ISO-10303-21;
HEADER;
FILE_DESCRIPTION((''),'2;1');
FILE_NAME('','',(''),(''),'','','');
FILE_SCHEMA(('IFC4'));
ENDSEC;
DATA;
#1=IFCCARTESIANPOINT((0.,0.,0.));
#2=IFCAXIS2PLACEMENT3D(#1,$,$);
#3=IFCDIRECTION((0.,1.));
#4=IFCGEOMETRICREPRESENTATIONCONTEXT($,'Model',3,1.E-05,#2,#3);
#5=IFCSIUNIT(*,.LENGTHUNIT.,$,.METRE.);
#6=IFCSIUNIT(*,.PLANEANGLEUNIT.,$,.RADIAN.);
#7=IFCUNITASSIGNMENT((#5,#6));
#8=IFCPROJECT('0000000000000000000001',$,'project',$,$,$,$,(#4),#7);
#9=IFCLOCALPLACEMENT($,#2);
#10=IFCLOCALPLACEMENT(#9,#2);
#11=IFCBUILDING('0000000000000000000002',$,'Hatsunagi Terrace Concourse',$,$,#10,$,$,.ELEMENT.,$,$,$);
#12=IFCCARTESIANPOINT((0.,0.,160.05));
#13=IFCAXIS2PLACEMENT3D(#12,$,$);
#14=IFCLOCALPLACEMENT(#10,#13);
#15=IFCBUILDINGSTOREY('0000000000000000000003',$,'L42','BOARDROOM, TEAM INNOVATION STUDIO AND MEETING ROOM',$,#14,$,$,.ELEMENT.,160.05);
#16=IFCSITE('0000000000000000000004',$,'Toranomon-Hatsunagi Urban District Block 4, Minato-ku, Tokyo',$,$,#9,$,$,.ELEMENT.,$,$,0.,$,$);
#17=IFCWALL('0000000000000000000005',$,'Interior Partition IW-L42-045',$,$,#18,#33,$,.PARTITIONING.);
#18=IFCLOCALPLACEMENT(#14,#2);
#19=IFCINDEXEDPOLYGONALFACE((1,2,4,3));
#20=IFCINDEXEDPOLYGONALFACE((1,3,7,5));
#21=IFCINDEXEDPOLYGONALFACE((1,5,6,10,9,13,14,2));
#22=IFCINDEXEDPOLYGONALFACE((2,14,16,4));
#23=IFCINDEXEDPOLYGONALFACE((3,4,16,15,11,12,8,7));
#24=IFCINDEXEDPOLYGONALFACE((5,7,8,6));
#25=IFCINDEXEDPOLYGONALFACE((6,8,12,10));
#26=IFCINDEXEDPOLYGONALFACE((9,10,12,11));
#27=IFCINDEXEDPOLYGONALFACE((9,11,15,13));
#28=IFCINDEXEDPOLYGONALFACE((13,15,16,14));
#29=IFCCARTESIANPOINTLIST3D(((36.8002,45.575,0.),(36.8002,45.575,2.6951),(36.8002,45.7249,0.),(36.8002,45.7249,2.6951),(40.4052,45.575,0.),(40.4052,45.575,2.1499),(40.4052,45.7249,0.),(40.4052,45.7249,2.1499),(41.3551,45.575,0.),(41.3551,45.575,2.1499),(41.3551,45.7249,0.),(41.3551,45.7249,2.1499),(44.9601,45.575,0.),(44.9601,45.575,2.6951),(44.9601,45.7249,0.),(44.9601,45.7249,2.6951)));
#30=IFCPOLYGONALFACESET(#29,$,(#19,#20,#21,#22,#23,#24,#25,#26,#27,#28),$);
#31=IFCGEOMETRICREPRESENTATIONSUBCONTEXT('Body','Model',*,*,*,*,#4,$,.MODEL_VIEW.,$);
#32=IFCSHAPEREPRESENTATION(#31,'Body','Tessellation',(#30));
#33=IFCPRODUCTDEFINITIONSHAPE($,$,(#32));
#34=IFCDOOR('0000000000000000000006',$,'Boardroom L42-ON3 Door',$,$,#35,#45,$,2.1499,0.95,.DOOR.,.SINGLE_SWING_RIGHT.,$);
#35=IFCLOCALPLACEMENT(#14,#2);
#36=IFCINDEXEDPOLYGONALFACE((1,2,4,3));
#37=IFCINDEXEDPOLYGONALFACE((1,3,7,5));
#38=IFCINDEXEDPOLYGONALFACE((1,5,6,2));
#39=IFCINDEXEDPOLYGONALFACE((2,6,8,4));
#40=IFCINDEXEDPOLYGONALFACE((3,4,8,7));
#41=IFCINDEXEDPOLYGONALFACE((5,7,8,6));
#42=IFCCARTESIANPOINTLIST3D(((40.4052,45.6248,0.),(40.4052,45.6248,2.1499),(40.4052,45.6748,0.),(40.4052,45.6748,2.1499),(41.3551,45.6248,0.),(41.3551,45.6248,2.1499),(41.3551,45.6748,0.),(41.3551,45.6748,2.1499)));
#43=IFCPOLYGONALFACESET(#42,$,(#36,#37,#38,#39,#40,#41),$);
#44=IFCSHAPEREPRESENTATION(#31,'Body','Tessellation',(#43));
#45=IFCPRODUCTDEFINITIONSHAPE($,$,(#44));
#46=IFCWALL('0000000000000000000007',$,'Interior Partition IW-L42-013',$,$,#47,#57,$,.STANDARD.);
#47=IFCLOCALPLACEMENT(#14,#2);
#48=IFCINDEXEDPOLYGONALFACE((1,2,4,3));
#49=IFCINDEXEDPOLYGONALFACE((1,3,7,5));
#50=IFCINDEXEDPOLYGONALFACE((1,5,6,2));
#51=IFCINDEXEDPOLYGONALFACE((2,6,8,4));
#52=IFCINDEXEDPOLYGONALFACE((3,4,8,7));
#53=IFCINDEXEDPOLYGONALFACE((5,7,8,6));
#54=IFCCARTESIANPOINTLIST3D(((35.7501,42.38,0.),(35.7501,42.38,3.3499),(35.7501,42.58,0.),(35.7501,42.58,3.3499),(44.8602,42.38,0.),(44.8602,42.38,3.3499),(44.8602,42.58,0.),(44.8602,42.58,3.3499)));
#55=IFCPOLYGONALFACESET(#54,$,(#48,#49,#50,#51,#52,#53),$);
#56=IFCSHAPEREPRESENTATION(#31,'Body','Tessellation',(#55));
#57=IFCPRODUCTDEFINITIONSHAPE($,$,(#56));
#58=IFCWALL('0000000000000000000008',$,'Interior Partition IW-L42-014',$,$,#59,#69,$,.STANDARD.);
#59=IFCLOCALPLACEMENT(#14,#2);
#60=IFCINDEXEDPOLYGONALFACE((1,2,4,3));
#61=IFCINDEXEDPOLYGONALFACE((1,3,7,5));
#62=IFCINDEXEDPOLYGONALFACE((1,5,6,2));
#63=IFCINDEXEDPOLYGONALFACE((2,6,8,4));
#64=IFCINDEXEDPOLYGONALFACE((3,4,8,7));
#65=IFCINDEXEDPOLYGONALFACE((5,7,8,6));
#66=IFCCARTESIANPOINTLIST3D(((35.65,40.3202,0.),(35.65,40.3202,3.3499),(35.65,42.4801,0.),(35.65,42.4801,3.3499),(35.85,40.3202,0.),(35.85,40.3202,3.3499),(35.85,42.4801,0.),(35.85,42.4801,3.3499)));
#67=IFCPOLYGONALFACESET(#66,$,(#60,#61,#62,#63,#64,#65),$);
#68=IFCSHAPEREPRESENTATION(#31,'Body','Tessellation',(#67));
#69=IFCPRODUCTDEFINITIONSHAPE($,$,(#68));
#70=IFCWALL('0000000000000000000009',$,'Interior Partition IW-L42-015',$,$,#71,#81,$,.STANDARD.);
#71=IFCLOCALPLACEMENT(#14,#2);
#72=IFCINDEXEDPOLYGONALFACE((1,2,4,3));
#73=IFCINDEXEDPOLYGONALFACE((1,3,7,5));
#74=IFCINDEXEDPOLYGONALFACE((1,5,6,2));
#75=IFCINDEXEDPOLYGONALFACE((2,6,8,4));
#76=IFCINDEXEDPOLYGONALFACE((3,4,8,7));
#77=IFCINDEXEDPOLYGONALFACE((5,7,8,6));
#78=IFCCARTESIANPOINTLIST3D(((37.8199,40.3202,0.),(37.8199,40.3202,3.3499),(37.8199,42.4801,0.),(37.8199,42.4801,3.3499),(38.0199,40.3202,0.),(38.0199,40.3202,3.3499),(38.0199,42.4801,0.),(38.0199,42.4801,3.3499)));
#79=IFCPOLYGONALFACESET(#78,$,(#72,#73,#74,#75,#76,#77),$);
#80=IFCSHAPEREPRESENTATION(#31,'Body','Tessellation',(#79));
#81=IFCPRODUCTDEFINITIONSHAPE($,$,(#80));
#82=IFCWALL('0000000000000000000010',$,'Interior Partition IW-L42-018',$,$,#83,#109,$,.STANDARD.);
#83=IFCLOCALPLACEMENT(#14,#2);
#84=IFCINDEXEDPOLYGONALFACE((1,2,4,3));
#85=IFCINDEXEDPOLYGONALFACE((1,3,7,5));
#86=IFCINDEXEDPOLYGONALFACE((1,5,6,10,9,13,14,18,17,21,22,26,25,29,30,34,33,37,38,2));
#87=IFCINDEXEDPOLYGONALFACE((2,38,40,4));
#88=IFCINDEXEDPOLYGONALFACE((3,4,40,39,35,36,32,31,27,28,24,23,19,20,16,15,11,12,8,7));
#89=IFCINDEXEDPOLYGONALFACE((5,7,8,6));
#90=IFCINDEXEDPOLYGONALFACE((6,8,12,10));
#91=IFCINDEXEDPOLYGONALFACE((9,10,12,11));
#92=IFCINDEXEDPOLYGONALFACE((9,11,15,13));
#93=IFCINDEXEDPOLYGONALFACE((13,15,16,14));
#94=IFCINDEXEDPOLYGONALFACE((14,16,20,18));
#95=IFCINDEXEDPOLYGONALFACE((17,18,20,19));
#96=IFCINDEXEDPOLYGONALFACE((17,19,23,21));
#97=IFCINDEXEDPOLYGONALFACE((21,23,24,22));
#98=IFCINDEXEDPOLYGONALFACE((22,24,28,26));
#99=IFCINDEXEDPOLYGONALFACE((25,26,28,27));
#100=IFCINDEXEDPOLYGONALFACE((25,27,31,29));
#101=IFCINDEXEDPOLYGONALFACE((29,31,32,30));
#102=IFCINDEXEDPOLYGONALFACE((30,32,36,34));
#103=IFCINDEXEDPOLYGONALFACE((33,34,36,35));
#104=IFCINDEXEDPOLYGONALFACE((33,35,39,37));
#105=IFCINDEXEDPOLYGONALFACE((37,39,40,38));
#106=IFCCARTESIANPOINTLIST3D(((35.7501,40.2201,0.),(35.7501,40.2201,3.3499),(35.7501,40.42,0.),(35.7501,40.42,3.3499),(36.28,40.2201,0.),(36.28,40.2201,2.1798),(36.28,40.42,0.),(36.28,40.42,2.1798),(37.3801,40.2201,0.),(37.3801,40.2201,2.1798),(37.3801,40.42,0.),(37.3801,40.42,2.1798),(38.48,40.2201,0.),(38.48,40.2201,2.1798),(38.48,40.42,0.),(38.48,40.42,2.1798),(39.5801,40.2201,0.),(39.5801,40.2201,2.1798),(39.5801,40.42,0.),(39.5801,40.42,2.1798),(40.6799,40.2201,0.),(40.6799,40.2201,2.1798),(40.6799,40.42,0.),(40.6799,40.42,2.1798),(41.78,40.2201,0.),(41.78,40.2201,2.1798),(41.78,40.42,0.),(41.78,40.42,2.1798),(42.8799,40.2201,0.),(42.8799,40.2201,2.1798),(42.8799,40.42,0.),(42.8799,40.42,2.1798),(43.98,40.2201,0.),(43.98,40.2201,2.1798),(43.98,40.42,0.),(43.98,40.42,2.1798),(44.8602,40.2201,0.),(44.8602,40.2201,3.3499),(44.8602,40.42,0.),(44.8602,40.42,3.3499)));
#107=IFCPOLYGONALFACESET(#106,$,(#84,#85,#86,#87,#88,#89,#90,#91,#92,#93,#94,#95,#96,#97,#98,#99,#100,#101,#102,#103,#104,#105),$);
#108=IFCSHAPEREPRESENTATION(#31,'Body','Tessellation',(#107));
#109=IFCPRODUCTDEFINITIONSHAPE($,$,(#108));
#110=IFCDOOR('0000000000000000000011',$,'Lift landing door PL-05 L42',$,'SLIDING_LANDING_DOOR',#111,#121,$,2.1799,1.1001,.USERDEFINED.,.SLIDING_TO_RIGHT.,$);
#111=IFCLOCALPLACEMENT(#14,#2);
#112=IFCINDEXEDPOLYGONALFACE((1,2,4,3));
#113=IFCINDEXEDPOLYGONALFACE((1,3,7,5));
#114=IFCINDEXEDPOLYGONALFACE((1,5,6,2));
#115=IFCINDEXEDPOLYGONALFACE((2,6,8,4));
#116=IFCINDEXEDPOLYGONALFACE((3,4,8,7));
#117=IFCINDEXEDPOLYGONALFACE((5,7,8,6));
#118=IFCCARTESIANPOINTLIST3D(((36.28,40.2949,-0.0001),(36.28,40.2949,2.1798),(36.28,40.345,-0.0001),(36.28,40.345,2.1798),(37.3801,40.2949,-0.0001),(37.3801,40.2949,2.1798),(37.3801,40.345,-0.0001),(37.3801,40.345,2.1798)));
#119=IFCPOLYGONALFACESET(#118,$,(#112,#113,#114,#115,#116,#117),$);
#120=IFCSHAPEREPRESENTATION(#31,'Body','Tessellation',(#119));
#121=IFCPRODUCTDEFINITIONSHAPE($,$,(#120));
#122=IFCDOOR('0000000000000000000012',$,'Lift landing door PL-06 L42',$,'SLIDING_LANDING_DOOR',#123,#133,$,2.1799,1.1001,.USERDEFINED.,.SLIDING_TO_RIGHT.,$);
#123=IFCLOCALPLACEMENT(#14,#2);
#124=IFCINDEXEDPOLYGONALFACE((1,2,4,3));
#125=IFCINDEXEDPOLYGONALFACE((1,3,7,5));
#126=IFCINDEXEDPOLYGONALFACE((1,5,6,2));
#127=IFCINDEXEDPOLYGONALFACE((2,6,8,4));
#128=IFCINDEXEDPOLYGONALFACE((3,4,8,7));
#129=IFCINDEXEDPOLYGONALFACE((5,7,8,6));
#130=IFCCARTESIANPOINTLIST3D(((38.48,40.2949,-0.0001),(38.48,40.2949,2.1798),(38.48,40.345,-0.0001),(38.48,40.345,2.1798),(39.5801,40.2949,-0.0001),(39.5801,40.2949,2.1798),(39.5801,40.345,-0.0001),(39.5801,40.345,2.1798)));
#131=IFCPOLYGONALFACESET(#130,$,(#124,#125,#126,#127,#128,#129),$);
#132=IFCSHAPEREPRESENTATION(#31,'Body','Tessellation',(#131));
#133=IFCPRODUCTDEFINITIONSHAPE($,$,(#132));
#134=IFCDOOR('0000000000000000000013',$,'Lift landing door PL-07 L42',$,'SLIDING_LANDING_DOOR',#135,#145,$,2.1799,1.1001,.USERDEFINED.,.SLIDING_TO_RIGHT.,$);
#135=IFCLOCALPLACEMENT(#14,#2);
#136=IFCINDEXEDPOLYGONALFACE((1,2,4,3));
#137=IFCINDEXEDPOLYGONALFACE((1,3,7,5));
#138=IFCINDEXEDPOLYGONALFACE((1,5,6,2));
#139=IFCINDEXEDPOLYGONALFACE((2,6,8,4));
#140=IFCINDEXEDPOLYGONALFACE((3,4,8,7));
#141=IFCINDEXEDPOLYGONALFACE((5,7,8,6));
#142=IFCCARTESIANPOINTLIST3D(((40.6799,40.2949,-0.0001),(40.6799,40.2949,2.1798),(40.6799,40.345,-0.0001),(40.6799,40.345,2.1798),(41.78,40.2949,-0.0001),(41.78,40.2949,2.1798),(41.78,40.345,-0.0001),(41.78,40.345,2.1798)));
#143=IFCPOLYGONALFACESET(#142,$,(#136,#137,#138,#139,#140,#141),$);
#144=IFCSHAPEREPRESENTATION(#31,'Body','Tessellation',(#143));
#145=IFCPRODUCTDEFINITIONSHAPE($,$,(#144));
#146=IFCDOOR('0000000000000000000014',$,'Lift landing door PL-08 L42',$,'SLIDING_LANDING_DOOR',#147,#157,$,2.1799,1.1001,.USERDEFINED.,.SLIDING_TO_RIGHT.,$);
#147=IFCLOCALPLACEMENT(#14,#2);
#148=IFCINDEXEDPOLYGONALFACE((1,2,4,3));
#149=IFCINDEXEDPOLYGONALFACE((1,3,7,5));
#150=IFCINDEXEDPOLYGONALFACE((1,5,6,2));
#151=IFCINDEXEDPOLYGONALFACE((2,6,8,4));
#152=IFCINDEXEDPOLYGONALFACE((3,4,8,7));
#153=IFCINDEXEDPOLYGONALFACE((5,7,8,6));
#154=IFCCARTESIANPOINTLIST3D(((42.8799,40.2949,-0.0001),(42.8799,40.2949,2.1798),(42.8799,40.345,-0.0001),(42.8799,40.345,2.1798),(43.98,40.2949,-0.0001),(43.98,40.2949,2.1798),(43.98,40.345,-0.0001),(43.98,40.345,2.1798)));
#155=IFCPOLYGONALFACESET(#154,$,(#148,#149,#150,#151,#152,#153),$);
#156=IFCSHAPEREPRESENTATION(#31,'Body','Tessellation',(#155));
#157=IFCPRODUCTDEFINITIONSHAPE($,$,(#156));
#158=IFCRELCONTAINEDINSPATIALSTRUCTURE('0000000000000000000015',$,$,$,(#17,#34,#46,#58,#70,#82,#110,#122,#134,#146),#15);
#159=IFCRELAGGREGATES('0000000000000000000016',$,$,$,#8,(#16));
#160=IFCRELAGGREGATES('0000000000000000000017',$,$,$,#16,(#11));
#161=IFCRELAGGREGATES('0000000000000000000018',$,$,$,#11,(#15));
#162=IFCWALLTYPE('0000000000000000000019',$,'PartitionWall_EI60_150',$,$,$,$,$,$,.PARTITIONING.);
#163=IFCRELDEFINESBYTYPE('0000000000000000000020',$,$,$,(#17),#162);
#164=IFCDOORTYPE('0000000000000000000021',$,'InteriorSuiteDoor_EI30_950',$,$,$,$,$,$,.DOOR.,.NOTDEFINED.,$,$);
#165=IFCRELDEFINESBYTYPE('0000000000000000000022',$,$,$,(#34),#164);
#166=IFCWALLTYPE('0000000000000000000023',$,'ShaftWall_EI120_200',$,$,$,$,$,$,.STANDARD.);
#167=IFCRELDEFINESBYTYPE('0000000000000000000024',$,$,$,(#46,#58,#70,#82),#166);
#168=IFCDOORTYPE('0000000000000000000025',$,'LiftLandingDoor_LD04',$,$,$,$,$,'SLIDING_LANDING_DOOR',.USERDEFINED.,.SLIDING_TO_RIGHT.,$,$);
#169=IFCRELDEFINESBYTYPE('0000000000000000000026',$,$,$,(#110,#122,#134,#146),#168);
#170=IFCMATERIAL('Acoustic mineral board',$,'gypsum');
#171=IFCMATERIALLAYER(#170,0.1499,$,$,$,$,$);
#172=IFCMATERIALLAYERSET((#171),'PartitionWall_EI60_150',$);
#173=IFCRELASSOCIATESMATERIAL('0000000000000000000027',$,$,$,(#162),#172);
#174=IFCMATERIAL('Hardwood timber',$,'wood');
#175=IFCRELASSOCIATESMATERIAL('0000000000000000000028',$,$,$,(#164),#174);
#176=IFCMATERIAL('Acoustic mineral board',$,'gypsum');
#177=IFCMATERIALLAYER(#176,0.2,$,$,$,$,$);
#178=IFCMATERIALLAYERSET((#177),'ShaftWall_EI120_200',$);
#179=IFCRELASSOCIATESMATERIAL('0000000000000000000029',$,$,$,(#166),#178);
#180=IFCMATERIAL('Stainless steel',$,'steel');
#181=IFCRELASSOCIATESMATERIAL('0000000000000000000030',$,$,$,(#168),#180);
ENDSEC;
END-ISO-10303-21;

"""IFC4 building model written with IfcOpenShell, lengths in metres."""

from ifc_helpers import new_model, si_unit, direction, frame, frame_2d, origin, place, context, subcontext, project, spatial, rectangle, extrude, material, layer, layer_set, type_object, element, fill, save


model = new_model("IFC4")

# Units and contexts
model_context = context("Model", 3, precision=1e-05, world=origin(), true_north=direction((0.0, 1.0)))
body_context = subcontext(model_context, "Body", "Model", "MODEL_VIEW")
ifc_project = project(units=[si_unit("LENGTHUNIT", "METRE"), si_unit("PLANEANGLEUNIT", "RADIAN")], contexts=[model_context])

# Site, building, storey
site_placement = place(None, origin())
site = spatial("IfcSite", under=ifc_project, at=site_placement, Name="Toranomon-Hatsunagi Urban District Block 4, Minato-ku, Tokyo", CompositionType="ELEMENT", RefElevation=0.0)
building_placement = place(site_placement, origin())
building = spatial("IfcBuilding", under=site, at=building_placement, Name="Hatsunagi Terrace Concourse", CompositionType="ELEMENT")
storey_placement = place(building_placement, frame((0.0, 0.0, 160.05)))
storey = spatial("IfcBuildingStorey", under=building, at=storey_placement, Name="L42", Description="BOARDROOM, TEAM INNOVATION STUDIO AND MEETING ROOM", CompositionType="ELEMENT", Elevation=160.05)

# Shared definitions
ifc_material_1 = material(Name="Acoustic mineral board", Category="gypsum")
ifc_layer_1 = layer(ifc_material_1, 0.1499)
ifc_layer_set_1 = layer_set([ifc_layer_1], Name="PartitionWall_EI60_150")
wall_type_1 = type_object("IfcWallType", Name="PartitionWall_EI60_150", PredefinedType="PARTITIONING", material=ifc_layer_set_1)

# Shared definitions
ifc_material_2 = material(Name="Hardwood timber", Category="wood")
door_type_1 = type_object("IfcDoorType", Name="InteriorSuiteDoor_EI30_950", OperationType="NOTDEFINED", PredefinedType="DOOR", material=ifc_material_2)

# Wall, opening, door
wall_1_placement = place(storey_placement, frame((36.8, 45.6499, 0.0), z_axis=(0.0, 0.0, 1.0), x_axis=(1.0, 0.0, 0.0)))
wall_1 = element("IfcWall", 1, at=wall_1_placement, inside=storey, type_object=wall_type_1, Name="Interior Partition IW-L42-045", PredefinedType="PARTITIONING", context=body_context, shape_type="SweptSolid", body=[
    extrude(rectangle(XDim=8.1599, YDim=0.1499, at=frame_2d((4.0801, 0.0))), origin(), (0.0, 0.0, 1.0), 2.6951),
])
opening_1_placement = place(wall_1_placement, frame((3.605, 0.0, 0.0)))
opening_1 = element("IfcOpeningElement", 2, at=opening_1_placement, cuts=wall_1, PredefinedType="OPENING", context=body_context, shape_type="SweptSolid", body=[
    extrude(rectangle(XDim=0.95, YDim=2.1499, at=frame_2d((0.4751, 1.075))), frame((0.0, 0.085, 0.0), z_axis=(0.0, -1.0, 0.0), x_axis=(1.0, 0.0, 0.0)), (0.0, 0.0, 1.0), 0.1699),
])
door_1_placement = place(opening_1_placement, origin())
door_1 = element("IfcDoor", 3, at=door_1_placement, inside=storey, type_object=door_type_1, Name="Boardroom L42-ON3 Door", OperationType="SINGLE_SWING_RIGHT", OverallHeight=2.1499, OverallWidth=0.95, PredefinedType="DOOR", context=body_context, shape_type="SweptSolid", body=[
    extrude(rectangle(XDim=0.95, YDim=2.1499, at=frame_2d((0.4751, 1.075))), frame((0.0, 0.0249, 0.0), z_axis=(0.0, -1.0, 0.0), x_axis=(1.0, 0.0, 0.0)), (0.0, 0.0, 1.0), 0.05),
])
fill(opening_1, door_1)

# Walls
ifc_material_3 = material(Name="Acoustic mineral board", Category="gypsum")
ifc_layer_2 = layer(ifc_material_3, 0.2)
ifc_layer_set_2 = layer_set([ifc_layer_2], Name="ShaftWall_EI120_200")
wall_type_2 = type_object("IfcWallType", Name="ShaftWall_EI120_200", PredefinedType="STANDARD", material=ifc_layer_set_2)
wall_2_placement = place(storey_placement, frame((35.75, 42.48, 0.0), z_axis=(0.0, 0.0, 1.0), x_axis=(1.0, 0.0, 0.0)))
element("IfcWall", 4, at=wall_2_placement, inside=storey, type_object=wall_type_2, Name="Interior Partition IW-L42-013", PredefinedType="STANDARD", context=body_context, shape_type="SweptSolid", body=[
    extrude(rectangle(XDim=9.1101, YDim=0.2, at=frame_2d((4.5552, 0.0))), origin(), (0.0, 0.0, 1.0), 3.3499),
])
for number, where, z_axis, x_axis, name in (
    (5, (35.75, 40.3201, 0.0), (0.0, 0.0, 1.0), (0.0, 1.0, 0.0), "Interior Partition IW-L42-014"),
    (6, (37.9199, 40.3201, 0.0), (0.0, 0.0, 1.0), (0.0, 1.0, 0.0), "Interior Partition IW-L42-015"),
):
    element("IfcWall", number, at=place(storey_placement, frame(where, z_axis=z_axis, x_axis=x_axis)), inside=storey, type_object=wall_type_2, Name=name, PredefinedType="STANDARD", context=body_context, shape_type="SweptSolid", body=[
        extrude(rectangle(XDim=2.1599, YDim=0.2, at=frame_2d((1.0801, 0.0))), origin(), (0.0, 0.0, 1.0), 3.3499),
    ])

# Wall, openings, doors
wall_3_placement = place(storey_placement, frame((35.75, 40.3201, 0.0), z_axis=(0.0, 0.0, 1.0), x_axis=(1.0, 0.0, 0.0)))
wall_3 = element("IfcWall", 7, at=wall_3_placement, inside=storey, type_object=wall_type_2, Name="Interior Partition IW-L42-018", PredefinedType="STANDARD", context=body_context, shape_type="SweptSolid", body=[
    extrude(rectangle(XDim=9.1101, YDim=0.2, at=frame_2d((4.5552, 0.0))), origin(), (0.0, 0.0, 1.0), 3.3499),
])
opening_2_placement = place(wall_3_placement, frame((0.53, 0.0, 0.0)))
opening_2 = element("IfcOpeningElement", 8, at=opening_2_placement, cuts=wall_3, PredefinedType="OPENING", context=body_context, shape_type="SweptSolid", body=[
    extrude(rectangle(XDim=1.1001, YDim=2.1799, at=frame_2d((0.55, 1.0898))), frame((0.0, 0.1099, 0.0), z_axis=(0.0, -1.0, 0.0), x_axis=(1.0, 0.0, 0.0)), (0.0, 0.0, 1.0), 0.22),
])
opening_3_placement = place(wall_3_placement, frame((2.73, 0.0, 0.0)))
opening_3 = element("IfcOpeningElement", 9, at=opening_3_placement, cuts=wall_3, PredefinedType="OPENING", context=body_context, shape_type="SweptSolid", body=[
    extrude(rectangle(XDim=1.1001, YDim=2.1799, at=frame_2d((0.55, 1.0898))), frame((0.0, 0.1099, 0.0), z_axis=(0.0, -1.0, 0.0), x_axis=(1.0, 0.0, 0.0)), (0.0, 0.0, 1.0), 0.22),
])
opening_4_placement = place(wall_3_placement, frame((4.9299, 0.0, 0.0)))
opening_4 = element("IfcOpeningElement", 10, at=opening_4_placement, cuts=wall_3, PredefinedType="OPENING", context=body_context, shape_type="SweptSolid", body=[
    extrude(rectangle(XDim=1.1001, YDim=2.1799, at=frame_2d((0.55, 1.0898))), frame((0.0, 0.1099, 0.0), z_axis=(0.0, -1.0, 0.0), x_axis=(1.0, 0.0, 0.0)), (0.0, 0.0, 1.0), 0.22),
])
opening_5_placement = place(wall_3_placement, frame((7.1299, 0.0, 0.0)))
opening_5 = element("IfcOpeningElement", 11, at=opening_5_placement, cuts=wall_3, PredefinedType="OPENING", context=body_context, shape_type="SweptSolid", body=[
    extrude(rectangle(XDim=1.1001, YDim=2.1799, at=frame_2d((0.55, 1.0898))), frame((0.0, 0.1099, 0.0), z_axis=(0.0, -1.0, 0.0), x_axis=(1.0, 0.0, 0.0)), (0.0, 0.0, 1.0), 0.22),
])
ifc_material_4 = material(Name="Stainless steel", Category="steel")
door_type_2 = type_object("IfcDoorType", Name="LiftLandingDoor_LD04", ElementType="SLIDING_LANDING_DOOR", OperationType="SLIDING_TO_RIGHT", PredefinedType="USERDEFINED", material=ifc_material_4)
door_2_placement = place(opening_2_placement, origin())
door_2 = element("IfcDoor", 12, at=door_2_placement, inside=storey, type_object=door_type_2, Name="Lift landing door PL-05 L42", ObjectType="SLIDING_LANDING_DOOR", OperationType="SLIDING_TO_RIGHT", OverallHeight=2.1799, OverallWidth=1.1001, PredefinedType="USERDEFINED", context=body_context, shape_type="SweptSolid", body=[
    extrude(rectangle(XDim=1.1001, YDim=2.1799, at=frame_2d((0.55, 1.0898))), frame((0.0, 0.0249, 0.0), z_axis=(0.0, -1.0, 0.0), x_axis=(1.0, 0.0, 0.0)), (0.0, 0.0, 1.0), 0.05),
])
fill(opening_2, door_2)
door_3_placement = place(opening_3_placement, origin())
door_3 = element("IfcDoor", 13, at=door_3_placement, inside=storey, type_object=door_type_2, Name="Lift landing door PL-06 L42", ObjectType="SLIDING_LANDING_DOOR", OperationType="SLIDING_TO_RIGHT", OverallHeight=2.1799, OverallWidth=1.1001, PredefinedType="USERDEFINED", context=body_context, shape_type="SweptSolid", body=[
    extrude(rectangle(XDim=1.1001, YDim=2.1799, at=frame_2d((0.55, 1.0898))), frame((0.0, 0.0249, 0.0), z_axis=(0.0, -1.0, 0.0), x_axis=(1.0, 0.0, 0.0)), (0.0, 0.0, 1.0), 0.05),
])
fill(opening_3, door_3)
door_4_placement = place(opening_4_placement, origin())
door_4 = element("IfcDoor", 14, at=door_4_placement, inside=storey, type_object=door_type_2, Name="Lift landing door PL-07 L42", ObjectType="SLIDING_LANDING_DOOR", OperationType="SLIDING_TO_RIGHT", OverallHeight=2.1799, OverallWidth=1.1001, PredefinedType="USERDEFINED", context=body_context, shape_type="SweptSolid", body=[
    extrude(rectangle(XDim=1.1001, YDim=2.1799, at=frame_2d((0.55, 1.0898))), frame((0.0, 0.0249, 0.0), z_axis=(0.0, -1.0, 0.0), x_axis=(1.0, 0.0, 0.0)), (0.0, 0.0, 1.0), 0.05),
])
fill(opening_4, door_4)
door_5_placement = place(opening_5_placement, origin())
door_5 = element("IfcDoor", 15, at=door_5_placement, inside=storey, type_object=door_type_2, Name="Lift landing door PL-08 L42", ObjectType="SLIDING_LANDING_DOOR", OperationType="SLIDING_TO_RIGHT", OverallHeight=2.1799, OverallWidth=1.1001, PredefinedType="USERDEFINED", context=body_context, shape_type="SweptSolid", body=[
    extrude(rectangle(XDim=1.1001, YDim=2.1799, at=frame_2d((0.55, 1.0898))), frame((0.0, 0.0249, 0.0), z_axis=(0.0, -1.0, 0.0), x_axis=(1.0, 0.0, 0.0)), (0.0, 0.0, 1.0), 0.05),
])
fill(opening_5, door_5)

save(model, "model.ifc")
